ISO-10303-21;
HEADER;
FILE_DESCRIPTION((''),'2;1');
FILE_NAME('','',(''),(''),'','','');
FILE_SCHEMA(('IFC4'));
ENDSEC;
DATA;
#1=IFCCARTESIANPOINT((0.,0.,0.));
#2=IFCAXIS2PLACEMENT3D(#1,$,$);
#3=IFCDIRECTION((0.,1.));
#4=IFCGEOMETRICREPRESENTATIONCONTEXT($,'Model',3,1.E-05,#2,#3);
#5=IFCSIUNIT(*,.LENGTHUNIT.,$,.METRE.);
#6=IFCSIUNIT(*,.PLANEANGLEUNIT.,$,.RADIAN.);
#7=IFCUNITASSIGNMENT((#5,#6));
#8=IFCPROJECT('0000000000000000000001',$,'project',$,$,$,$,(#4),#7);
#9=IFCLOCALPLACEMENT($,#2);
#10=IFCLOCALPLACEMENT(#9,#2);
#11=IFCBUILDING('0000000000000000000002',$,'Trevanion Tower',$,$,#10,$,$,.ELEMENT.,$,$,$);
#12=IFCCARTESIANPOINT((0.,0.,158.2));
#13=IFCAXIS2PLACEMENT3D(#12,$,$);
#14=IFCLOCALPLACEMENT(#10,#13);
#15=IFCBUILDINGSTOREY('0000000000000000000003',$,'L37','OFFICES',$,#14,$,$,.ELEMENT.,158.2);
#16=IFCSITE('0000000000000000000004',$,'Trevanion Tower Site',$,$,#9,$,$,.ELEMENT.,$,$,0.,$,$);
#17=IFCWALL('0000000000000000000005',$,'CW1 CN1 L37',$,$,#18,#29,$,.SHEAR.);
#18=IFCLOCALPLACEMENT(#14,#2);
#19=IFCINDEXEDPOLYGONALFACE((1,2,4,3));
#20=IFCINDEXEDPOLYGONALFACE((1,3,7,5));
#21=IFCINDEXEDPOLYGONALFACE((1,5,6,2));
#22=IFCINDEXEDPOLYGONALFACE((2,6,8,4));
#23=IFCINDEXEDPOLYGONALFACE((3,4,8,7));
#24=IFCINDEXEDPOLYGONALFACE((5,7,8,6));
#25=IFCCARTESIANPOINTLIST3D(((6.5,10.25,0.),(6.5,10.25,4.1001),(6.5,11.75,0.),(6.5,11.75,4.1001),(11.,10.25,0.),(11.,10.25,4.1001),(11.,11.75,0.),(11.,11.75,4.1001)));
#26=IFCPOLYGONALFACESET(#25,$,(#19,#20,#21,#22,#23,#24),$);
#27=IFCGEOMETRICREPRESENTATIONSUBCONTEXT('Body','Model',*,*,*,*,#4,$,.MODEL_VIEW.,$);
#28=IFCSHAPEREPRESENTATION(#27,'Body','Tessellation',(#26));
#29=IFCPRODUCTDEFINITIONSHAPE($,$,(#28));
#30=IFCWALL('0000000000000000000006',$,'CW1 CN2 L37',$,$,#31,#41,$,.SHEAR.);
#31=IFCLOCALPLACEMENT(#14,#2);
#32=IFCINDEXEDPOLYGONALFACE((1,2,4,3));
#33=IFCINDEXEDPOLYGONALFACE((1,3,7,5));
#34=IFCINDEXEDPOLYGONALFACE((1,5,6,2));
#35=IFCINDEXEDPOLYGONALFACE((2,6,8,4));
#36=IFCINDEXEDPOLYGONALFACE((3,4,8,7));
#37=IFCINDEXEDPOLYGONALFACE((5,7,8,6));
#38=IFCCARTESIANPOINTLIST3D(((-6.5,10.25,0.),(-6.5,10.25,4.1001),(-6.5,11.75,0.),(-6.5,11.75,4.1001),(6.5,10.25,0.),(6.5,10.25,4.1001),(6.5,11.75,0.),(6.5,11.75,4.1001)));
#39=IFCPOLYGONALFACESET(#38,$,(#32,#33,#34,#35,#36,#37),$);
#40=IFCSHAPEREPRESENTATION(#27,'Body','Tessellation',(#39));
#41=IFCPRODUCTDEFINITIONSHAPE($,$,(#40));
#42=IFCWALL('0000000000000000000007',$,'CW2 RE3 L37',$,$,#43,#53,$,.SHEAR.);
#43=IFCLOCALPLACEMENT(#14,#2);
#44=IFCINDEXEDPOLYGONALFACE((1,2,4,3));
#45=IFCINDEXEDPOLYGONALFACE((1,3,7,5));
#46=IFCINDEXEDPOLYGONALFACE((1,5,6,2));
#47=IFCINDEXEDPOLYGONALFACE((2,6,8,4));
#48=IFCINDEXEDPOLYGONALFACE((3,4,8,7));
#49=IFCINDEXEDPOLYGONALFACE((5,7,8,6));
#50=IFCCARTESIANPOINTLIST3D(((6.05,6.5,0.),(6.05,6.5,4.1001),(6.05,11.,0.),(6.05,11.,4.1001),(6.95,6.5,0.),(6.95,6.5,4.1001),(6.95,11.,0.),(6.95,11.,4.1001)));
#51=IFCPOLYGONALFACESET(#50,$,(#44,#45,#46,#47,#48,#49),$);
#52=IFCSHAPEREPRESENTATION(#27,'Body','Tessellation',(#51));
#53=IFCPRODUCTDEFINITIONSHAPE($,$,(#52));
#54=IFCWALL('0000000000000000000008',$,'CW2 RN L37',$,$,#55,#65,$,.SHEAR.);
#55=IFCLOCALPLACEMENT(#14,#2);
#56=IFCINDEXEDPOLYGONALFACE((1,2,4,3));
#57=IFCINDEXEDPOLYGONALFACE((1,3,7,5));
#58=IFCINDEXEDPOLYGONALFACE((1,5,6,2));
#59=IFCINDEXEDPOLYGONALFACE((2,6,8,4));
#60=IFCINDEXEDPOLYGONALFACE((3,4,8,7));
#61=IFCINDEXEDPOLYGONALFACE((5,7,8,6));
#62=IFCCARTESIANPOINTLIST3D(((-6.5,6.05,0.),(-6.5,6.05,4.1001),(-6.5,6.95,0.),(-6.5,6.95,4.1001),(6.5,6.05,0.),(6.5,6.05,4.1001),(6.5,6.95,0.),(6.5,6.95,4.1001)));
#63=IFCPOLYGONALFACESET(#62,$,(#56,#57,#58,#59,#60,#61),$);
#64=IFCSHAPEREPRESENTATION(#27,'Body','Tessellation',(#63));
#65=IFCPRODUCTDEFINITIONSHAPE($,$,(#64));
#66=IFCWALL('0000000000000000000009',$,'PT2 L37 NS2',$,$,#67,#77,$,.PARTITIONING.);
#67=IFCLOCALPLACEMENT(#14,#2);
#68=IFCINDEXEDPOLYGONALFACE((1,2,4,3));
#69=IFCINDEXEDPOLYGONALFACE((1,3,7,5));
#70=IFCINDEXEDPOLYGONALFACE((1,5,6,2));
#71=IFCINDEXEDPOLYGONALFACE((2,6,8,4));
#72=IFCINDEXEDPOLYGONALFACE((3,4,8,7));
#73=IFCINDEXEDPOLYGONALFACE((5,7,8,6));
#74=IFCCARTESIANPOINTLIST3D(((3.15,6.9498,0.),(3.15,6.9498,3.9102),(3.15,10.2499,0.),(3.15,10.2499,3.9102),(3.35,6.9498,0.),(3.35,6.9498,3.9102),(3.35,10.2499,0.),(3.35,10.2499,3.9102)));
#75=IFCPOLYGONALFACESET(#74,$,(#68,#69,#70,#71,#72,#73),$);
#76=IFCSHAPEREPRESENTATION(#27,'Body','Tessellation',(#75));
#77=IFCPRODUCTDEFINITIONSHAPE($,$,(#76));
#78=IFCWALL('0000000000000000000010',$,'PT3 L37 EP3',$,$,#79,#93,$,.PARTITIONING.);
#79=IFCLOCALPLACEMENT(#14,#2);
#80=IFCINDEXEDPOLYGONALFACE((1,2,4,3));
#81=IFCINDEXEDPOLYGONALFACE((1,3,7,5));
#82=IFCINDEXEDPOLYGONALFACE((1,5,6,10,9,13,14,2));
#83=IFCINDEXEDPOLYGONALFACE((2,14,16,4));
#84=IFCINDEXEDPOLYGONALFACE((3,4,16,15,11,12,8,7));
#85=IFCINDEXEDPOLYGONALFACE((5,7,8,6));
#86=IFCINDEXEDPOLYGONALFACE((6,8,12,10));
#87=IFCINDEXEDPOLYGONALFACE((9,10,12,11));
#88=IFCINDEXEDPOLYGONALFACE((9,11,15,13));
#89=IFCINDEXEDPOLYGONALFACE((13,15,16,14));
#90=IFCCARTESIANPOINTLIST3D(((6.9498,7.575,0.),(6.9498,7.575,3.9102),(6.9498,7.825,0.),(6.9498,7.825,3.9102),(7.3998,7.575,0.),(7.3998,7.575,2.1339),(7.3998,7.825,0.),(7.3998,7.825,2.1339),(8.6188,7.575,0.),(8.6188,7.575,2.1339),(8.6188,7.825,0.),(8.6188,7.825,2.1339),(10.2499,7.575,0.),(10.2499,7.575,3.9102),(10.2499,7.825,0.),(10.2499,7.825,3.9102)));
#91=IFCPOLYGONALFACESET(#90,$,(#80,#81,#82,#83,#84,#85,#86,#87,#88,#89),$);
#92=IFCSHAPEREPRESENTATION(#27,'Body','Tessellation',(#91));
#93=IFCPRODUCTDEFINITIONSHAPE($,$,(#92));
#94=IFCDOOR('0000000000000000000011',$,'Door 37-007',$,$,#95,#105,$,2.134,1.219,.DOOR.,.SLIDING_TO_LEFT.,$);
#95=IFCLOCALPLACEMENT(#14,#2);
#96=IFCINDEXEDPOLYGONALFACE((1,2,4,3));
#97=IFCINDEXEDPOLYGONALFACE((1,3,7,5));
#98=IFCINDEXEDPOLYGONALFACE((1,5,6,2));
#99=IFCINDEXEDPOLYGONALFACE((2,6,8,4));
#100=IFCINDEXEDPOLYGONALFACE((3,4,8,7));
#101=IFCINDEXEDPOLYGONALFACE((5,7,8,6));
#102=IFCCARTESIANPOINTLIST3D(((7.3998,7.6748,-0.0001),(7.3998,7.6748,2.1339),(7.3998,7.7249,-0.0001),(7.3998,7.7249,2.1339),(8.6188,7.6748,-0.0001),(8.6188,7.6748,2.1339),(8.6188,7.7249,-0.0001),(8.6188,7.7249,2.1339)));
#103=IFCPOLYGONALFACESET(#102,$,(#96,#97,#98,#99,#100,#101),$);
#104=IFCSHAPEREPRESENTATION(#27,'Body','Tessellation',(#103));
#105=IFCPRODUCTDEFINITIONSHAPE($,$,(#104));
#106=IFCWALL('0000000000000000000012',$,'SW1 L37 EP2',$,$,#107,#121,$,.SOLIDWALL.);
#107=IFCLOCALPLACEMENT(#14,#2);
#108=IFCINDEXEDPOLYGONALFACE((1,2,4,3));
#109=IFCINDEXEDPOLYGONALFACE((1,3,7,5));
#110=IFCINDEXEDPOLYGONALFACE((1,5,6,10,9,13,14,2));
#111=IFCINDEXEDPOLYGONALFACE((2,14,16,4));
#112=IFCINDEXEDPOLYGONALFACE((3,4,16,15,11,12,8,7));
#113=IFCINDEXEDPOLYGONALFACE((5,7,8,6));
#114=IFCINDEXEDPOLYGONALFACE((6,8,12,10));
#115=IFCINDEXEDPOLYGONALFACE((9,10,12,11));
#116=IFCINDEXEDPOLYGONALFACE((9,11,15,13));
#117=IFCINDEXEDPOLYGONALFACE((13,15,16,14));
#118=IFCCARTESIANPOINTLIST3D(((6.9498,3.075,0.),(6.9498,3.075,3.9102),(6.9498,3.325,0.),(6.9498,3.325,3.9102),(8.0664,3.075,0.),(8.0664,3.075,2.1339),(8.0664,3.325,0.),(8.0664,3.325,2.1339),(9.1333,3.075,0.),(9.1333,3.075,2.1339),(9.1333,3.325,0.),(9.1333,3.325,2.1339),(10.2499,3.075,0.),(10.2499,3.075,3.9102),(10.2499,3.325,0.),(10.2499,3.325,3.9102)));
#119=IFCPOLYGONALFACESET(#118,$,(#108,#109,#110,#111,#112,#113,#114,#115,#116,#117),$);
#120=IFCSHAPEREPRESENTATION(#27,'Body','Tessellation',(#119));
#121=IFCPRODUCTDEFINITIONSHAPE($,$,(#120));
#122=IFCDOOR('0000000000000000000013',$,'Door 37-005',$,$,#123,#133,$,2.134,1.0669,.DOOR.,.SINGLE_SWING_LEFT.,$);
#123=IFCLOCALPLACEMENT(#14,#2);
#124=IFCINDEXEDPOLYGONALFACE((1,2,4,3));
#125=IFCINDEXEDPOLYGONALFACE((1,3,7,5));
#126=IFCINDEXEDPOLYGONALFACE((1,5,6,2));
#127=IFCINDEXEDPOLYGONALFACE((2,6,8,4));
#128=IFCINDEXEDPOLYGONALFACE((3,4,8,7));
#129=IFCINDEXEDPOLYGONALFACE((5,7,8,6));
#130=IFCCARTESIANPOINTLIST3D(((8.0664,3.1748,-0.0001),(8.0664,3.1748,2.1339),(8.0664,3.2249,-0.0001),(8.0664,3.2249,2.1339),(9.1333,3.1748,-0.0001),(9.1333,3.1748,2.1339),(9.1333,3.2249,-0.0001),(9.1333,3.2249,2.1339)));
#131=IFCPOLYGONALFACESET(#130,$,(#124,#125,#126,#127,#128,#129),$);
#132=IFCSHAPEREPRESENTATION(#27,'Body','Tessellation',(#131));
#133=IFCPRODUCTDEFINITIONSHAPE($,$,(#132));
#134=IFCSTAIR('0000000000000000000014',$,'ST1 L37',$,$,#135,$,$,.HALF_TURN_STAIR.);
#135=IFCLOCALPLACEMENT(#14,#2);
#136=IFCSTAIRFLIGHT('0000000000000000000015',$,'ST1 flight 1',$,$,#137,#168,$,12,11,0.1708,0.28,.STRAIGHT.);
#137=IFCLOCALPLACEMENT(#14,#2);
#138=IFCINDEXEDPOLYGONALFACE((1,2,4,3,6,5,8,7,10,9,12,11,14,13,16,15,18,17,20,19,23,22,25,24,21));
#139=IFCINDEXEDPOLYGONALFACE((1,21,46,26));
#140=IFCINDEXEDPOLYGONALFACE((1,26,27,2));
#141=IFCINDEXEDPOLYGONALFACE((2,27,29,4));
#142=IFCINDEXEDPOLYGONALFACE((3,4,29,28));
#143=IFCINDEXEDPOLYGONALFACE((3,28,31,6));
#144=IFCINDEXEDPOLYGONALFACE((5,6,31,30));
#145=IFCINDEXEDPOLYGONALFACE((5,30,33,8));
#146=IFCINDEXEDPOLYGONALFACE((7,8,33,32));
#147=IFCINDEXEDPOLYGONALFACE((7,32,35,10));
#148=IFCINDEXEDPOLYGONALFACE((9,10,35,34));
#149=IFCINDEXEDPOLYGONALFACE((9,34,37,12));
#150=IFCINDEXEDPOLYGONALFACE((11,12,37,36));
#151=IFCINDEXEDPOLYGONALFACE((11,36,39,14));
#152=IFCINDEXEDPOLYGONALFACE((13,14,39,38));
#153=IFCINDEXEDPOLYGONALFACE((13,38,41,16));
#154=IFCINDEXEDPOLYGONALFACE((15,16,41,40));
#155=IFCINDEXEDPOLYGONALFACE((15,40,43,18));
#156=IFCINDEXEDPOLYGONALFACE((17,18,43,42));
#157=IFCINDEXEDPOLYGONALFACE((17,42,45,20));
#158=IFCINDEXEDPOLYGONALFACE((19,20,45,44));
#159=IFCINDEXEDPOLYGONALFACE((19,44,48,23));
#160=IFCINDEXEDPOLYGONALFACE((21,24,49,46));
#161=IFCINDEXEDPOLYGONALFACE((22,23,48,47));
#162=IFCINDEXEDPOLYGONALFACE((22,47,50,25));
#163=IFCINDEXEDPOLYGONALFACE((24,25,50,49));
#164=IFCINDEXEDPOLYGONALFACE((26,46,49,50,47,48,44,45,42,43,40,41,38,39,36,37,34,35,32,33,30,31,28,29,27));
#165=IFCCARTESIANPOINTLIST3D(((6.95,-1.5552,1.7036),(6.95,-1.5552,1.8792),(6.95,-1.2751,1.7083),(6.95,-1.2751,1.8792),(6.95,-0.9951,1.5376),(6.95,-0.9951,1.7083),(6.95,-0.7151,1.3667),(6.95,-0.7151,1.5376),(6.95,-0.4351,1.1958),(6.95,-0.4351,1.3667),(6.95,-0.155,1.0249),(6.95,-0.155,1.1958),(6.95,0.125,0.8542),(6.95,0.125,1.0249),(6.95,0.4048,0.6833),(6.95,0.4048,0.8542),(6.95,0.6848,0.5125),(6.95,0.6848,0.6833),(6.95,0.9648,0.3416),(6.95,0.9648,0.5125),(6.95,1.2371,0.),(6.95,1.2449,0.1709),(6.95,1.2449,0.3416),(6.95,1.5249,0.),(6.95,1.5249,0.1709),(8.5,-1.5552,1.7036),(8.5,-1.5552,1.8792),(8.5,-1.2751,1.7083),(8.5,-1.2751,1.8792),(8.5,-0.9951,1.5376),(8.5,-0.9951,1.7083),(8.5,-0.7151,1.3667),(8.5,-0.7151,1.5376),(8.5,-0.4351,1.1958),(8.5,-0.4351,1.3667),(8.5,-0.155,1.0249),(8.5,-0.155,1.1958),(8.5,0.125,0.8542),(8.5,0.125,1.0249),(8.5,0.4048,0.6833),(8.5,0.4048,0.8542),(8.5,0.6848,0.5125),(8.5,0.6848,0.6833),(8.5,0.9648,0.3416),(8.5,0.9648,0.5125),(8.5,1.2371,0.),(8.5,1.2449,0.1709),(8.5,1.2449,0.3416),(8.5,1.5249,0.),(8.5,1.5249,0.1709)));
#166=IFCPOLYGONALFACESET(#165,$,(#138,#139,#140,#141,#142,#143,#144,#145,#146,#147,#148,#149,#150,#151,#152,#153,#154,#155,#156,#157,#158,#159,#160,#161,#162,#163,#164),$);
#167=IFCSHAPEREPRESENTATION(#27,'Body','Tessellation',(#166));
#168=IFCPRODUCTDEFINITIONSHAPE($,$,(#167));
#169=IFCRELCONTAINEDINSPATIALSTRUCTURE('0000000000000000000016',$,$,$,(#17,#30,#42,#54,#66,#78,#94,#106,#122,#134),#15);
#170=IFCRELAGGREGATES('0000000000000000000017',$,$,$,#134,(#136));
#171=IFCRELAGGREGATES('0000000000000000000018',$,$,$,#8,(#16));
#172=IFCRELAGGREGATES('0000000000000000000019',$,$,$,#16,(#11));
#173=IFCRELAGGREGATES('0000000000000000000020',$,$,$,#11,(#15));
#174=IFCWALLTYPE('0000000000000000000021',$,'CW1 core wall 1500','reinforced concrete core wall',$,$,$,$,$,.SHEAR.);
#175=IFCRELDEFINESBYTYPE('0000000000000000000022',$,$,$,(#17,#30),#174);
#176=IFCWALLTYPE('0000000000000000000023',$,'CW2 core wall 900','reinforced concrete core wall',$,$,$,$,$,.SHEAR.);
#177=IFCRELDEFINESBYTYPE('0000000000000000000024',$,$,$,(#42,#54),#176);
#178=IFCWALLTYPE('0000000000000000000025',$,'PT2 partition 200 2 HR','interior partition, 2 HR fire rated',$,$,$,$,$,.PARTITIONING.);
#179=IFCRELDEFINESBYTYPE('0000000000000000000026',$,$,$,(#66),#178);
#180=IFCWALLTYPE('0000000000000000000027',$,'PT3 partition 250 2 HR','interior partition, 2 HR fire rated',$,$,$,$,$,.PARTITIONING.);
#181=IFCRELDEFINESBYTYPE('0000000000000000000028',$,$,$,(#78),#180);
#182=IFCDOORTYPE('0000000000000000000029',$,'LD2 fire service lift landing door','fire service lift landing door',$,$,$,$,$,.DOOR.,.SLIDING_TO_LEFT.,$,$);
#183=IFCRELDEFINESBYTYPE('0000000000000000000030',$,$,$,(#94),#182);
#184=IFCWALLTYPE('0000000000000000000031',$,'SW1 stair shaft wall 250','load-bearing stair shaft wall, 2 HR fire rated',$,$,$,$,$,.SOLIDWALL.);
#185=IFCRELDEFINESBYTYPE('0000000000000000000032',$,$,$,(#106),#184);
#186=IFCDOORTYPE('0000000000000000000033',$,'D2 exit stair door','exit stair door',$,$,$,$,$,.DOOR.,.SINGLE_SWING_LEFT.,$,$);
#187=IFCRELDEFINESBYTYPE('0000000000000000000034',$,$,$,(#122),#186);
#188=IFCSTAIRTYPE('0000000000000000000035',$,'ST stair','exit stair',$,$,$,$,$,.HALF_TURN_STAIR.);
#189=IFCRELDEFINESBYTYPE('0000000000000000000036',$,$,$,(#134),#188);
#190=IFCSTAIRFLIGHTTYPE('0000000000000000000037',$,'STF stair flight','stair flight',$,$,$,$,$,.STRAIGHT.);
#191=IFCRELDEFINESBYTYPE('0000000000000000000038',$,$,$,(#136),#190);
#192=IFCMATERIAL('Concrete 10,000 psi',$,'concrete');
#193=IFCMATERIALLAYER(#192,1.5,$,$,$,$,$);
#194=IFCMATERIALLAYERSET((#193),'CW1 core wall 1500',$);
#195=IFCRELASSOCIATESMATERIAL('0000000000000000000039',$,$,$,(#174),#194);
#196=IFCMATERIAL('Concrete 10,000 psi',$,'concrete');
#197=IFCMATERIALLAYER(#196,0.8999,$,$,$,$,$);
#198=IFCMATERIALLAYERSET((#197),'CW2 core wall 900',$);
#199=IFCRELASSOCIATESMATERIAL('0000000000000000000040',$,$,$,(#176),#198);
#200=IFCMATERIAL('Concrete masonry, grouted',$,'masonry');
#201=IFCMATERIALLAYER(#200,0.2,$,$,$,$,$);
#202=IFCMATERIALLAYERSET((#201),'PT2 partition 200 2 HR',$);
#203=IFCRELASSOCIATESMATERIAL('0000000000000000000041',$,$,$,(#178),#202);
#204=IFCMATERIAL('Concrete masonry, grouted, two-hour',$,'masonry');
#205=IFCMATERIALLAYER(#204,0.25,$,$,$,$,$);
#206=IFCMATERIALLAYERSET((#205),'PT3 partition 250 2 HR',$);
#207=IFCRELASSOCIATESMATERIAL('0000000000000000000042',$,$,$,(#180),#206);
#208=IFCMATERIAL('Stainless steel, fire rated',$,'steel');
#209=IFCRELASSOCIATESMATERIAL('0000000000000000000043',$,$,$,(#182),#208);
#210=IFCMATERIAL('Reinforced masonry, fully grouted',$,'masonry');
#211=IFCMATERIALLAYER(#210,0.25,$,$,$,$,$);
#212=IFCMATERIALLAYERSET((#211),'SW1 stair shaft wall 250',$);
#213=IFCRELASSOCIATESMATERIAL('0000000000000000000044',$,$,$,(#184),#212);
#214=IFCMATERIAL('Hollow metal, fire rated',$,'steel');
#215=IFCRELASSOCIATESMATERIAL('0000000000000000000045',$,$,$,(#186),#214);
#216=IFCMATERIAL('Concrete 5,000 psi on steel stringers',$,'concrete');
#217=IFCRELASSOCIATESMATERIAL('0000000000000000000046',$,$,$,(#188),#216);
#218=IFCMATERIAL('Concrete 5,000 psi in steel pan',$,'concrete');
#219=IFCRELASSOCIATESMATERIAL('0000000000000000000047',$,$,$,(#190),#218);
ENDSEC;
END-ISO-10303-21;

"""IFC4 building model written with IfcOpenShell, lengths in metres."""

from ifc_helpers import new_model, si_unit, direction, frame, frame_2d, origin, place, context, subcontext, project, spatial, polyline, rectangle, outline, extrude, material, layer, layer_set, type_object, element, fill, aggregate, save


model = new_model("IFC4")

# Units and contexts
model_context = context("Model", 3, precision=1e-05, world=origin(), true_north=direction((0.0, 1.0)))
body_context = subcontext(model_context, "Body", "Model", "MODEL_VIEW")
ifc_project = project(units=[si_unit("LENGTHUNIT", "METRE"), si_unit("PLANEANGLEUNIT", "RADIAN")], contexts=[model_context])

# Site, building, storey
site_placement = place(None, origin())
site = spatial("IfcSite", under=ifc_project, at=site_placement, Name="Trevanion Tower Site", CompositionType="ELEMENT", RefElevation=0.0)
building_placement = place(site_placement, origin())
building = spatial("IfcBuilding", under=site, at=building_placement, Name="Trevanion Tower", CompositionType="ELEMENT")
storey_placement = place(building_placement, frame((0.0, 0.0, 158.2)))
storey = spatial("IfcBuildingStorey", under=building, at=storey_placement, Name="L37", Description="OFFICES", CompositionType="ELEMENT", Elevation=158.2)

# Walls
ifc_material_1 = material(Name="Concrete 10,000 psi", Category="concrete")
ifc_layer_1 = layer(ifc_material_1, 1.5)
ifc_layer_set_1 = layer_set([ifc_layer_1], Name="CW1 core wall 1500")
wall_type_1 = type_object("IfcWallType", Name="CW1 core wall 1500", Description="reinforced concrete core wall", PredefinedType="SHEAR", material=ifc_layer_set_1)
wall_1_placement = place(storey_placement, frame((11.0, 11.0, 0.0), z_axis=(0.0, 0.0, 1.0), x_axis=(-1.0, 0.0, 0.0)))
element("IfcWall", 1, at=wall_1_placement, inside=storey, type_object=wall_type_1, Name="CW1 CN1 L37", PredefinedType="SHEAR", context=body_context, shape_type="SweptSolid", body=[
    extrude(rectangle(XDim=4.5, YDim=1.5, at=frame_2d((2.25, 0.0))), origin(), (0.0, 0.0, 1.0), 4.1001),
])
wall_2_placement = place(storey_placement, frame((6.5, 11.0, 0.0), z_axis=(0.0, 0.0, 1.0), x_axis=(-1.0, 0.0, 0.0)))
element("IfcWall", 2, at=wall_2_placement, inside=storey, type_object=wall_type_1, Name="CW1 CN2 L37", PredefinedType="SHEAR", context=body_context, shape_type="SweptSolid", body=[
    extrude(rectangle(XDim=13.0, YDim=1.5, at=frame_2d((6.5, 0.0))), origin(), (0.0, 0.0, 1.0), 4.1001),
])
ifc_material_2 = material(Name="Concrete 10,000 psi", Category="concrete")
ifc_layer_2 = layer(ifc_material_2, 0.8999)
ifc_layer_set_2 = layer_set([ifc_layer_2], Name="CW2 core wall 900")
wall_type_2 = type_object("IfcWallType", Name="CW2 core wall 900", Description="reinforced concrete core wall", PredefinedType="SHEAR", material=ifc_layer_set_2)
wall_3_placement = place(storey_placement, frame((6.5, 6.5, 0.0), z_axis=(0.0, 0.0, 1.0), x_axis=(0.0, 1.0, 0.0)))
element("IfcWall", 3, at=wall_3_placement, inside=storey, type_object=wall_type_2, Name="CW2 RE3 L37", PredefinedType="SHEAR", context=body_context, shape_type="SweptSolid", body=[
    extrude(rectangle(XDim=4.5, YDim=0.8999, at=frame_2d((2.25, 0.0))), origin(), (0.0, 0.0, 1.0), 4.1001),
])
wall_4_placement = place(storey_placement, frame((6.5, 6.5, 0.0), z_axis=(0.0, 0.0, 1.0), x_axis=(-1.0, 0.0, 0.0)))
element("IfcWall", 4, at=wall_4_placement, inside=storey, type_object=wall_type_2, Name="CW2 RN L37", PredefinedType="SHEAR", context=body_context, shape_type="SweptSolid", body=[
    extrude(rectangle(XDim=13.0, YDim=0.8999, at=frame_2d((6.5, 0.0))), origin(), (0.0, 0.0, 1.0), 4.1001),
])
ifc_material_3 = material(Name="Concrete masonry, grouted", Category="masonry")
ifc_layer_3 = layer(ifc_material_3, 0.2)
ifc_layer_set_3 = layer_set([ifc_layer_3], Name="PT2 partition 200 2 HR")
wall_type_3 = type_object("IfcWallType", Name="PT2 partition 200 2 HR", Description="interior partition, 2 HR fire rated", PredefinedType="PARTITIONING", material=ifc_layer_set_3)
wall_5_placement = place(storey_placement, frame((3.25, 6.95, 0.0), z_axis=(0.0, 0.0, 1.0), x_axis=(0.0, 1.0, 0.0)))
element("IfcWall", 5, at=wall_5_placement, inside=storey, type_object=wall_type_3, Name="PT2 L37 NS2", PredefinedType="PARTITIONING", context=body_context, shape_type="SweptSolid", body=[
    extrude(rectangle(XDim=3.3, YDim=0.2, at=frame_2d((1.6499, 0.0))), origin(), (0.0, 0.0, 1.0), 3.9102),
])

# Walls, openings, doors
ifc_material_4 = material(Name="Concrete masonry, grouted, two-hour", Category="masonry")
ifc_layer_4 = layer(ifc_material_4, 0.25)
ifc_layer_set_4 = layer_set([ifc_layer_4], Name="PT3 partition 250 2 HR")
wall_type_4 = type_object("IfcWallType", Name="PT3 partition 250 2 HR", Description="interior partition, 2 HR fire rated", PredefinedType="PARTITIONING", material=ifc_layer_set_4)
wall_6_placement = place(storey_placement, frame((6.95, 7.7, 0.0), z_axis=(0.0, 0.0, 1.0), x_axis=(1.0, 0.0, 0.0)))
wall_6 = element("IfcWall", 6, at=wall_6_placement, inside=storey, type_object=wall_type_4, Name="PT3 L37 EP3", PredefinedType="PARTITIONING", context=body_context, shape_type="SweptSolid", body=[
    extrude(rectangle(XDim=3.3, YDim=0.25, at=frame_2d((1.6499, 0.0))), origin(), (0.0, 0.0, 1.0), 3.9102),
])
opening_1_placement = place(wall_6_placement, frame((0.45, 0.0, 0.0)))
opening_1 = element("IfcOpeningElement", 7, at=opening_1_placement, cuts=wall_6, PredefinedType="OPENING", context=body_context, shape_type="SweptSolid", body=[
    extrude(rectangle(XDim=1.219, YDim=2.134, at=frame_2d((0.6094, 1.0669))), frame((0.0, 0.135, 0.0), z_axis=(0.0, -1.0, 0.0), x_axis=(1.0, 0.0, 0.0)), (0.0, 0.0, 1.0), 0.27),
])
ifc_material_5 = material(Name="Stainless steel, fire rated", Category="steel")
door_type_1 = type_object("IfcDoorType", Name="LD2 fire service lift landing door", Description="fire service lift landing door", OperationType="SLIDING_TO_LEFT", PredefinedType="DOOR", material=ifc_material_5)
door_1_placement = place(opening_1_placement, origin())
door_1 = element("IfcDoor", 8, at=door_1_placement, inside=storey, type_object=door_type_1, Name="Door 37-007", OperationType="SLIDING_TO_LEFT", OverallHeight=2.134, OverallWidth=1.219, PredefinedType="DOOR", context=body_context, shape_type="SweptSolid", body=[
    extrude(rectangle(XDim=1.219, YDim=2.134, at=frame_2d((0.6094, 1.0669))), frame((0.0, 0.0249, 0.0), z_axis=(0.0, -1.0, 0.0), x_axis=(1.0, 0.0, 0.0)), (0.0, 0.0, 1.0), 0.05),
])
fill(opening_1, door_1)
ifc_material_6 = material(Name="Reinforced masonry, fully grouted", Category="masonry")
ifc_layer_5 = layer(ifc_material_6, 0.25)
ifc_layer_set_5 = layer_set([ifc_layer_5], Name="SW1 stair shaft wall 250")
wall_type_5 = type_object("IfcWallType", Name="SW1 stair shaft wall 250", Description="load-bearing stair shaft wall, 2 HR fire rated", PredefinedType="SOLIDWALL", material=ifc_layer_set_5)
wall_7_placement = place(storey_placement, frame((6.95, 3.2, 0.0), z_axis=(0.0, 0.0, 1.0), x_axis=(1.0, 0.0, 0.0)))
wall_7 = element("IfcWall", 9, at=wall_7_placement, inside=storey, type_object=wall_type_5, Name="SW1 L37 EP2", PredefinedType="SOLIDWALL", context=body_context, shape_type="SweptSolid", body=[
    extrude(rectangle(XDim=3.3, YDim=0.25, at=frame_2d((1.6499, 0.0))), origin(), (0.0, 0.0, 1.0), 3.9102),
])
opening_2_placement = place(wall_7_placement, frame((1.1165, 0.0, 0.0)))
opening_2 = element("IfcOpeningElement", 10, at=opening_2_placement, cuts=wall_7, PredefinedType="OPENING", context=body_context, shape_type="SweptSolid", body=[
    extrude(rectangle(XDim=1.0669, YDim=2.134, at=frame_2d((0.5334, 1.0669))), frame((0.0, 0.135, 0.0), z_axis=(0.0, -1.0, 0.0), x_axis=(1.0, 0.0, 0.0)), (0.0, 0.0, 1.0), 0.27),
])
ifc_material_7 = material(Name="Hollow metal, fire rated", Category="steel")
door_type_2 = type_object("IfcDoorType", Name="D2 exit stair door", Description="exit stair door", OperationType="SINGLE_SWING_LEFT", PredefinedType="DOOR", material=ifc_material_7)
door_2_placement = place(opening_2_placement, origin())
door_2 = element("IfcDoor", 11, at=door_2_placement, inside=storey, type_object=door_type_2, Name="Door 37-005", OperationType="SINGLE_SWING_LEFT", OverallHeight=2.134, OverallWidth=1.0669, PredefinedType="DOOR", context=body_context, shape_type="SweptSolid", body=[
    extrude(rectangle(XDim=1.0669, YDim=2.134, at=frame_2d((0.5334, 1.0669))), frame((0.0, 0.0249, 0.0), z_axis=(0.0, -1.0, 0.0), x_axis=(1.0, 0.0, 0.0)), (0.0, 0.0, 1.0), 0.05),
])
fill(opening_2, door_2)

# Stair, stair flight
ifc_material_8 = material(Name="Concrete 5,000 psi on steel stringers", Category="concrete")
stair_type = type_object("IfcStairType", Name="ST stair", Description="exit stair", PredefinedType="HALF_TURN_STAIR", material=ifc_material_8)
stair_placement = place(storey_placement, origin())
stair = element("IfcStair", 12, at=stair_placement, inside=storey, type_object=stair_type, Name="ST1 L37", PredefinedType="HALF_TURN_STAIR")
ifc_material_9 = material(Name="Concrete 5,000 psi in steel pan", Category="concrete")
stair_flight_type = type_object("IfcStairFlightType", Name="STF stair flight", Description="stair flight", PredefinedType="STRAIGHT", material=ifc_material_9)
stair_flight_placement = place(storey_placement, frame((7.7251, 1.5249, 0.0), z_axis=(0.0, 0.0, 1.0), x_axis=(0.0, -1.0, 0.0)))
stair_flight = element("IfcStairFlight", 13, at=stair_flight_placement, type_object=stair_flight_type, Name="ST1 flight 1", NumberOfRisers=12, NumberOfTreads=11, PredefinedType="STRAIGHT", RiserHeight=0.1708, TreadLength=0.28, context=body_context, shape_type="SweptSolid", body=[
    extrude(outline(polyline([(0.0, 0.0), (0.0, 0.1709), (0.28, 0.1709), (0.28, 0.3416), (0.5601, 0.3416), (0.5601, 0.5125), (0.8401, 0.5125), (0.8401, 0.6833), (1.1201, 0.6833), (1.1201, 0.8542), (1.3999, 0.8542), (1.3999, 1.0249), (1.6799, 1.0249), (1.6799, 1.1958), (1.96, 1.1958), (1.96, 1.3667), (2.24, 1.3667), (2.24, 1.5376), (2.52, 1.5376), (2.52, 1.7083), (2.8, 1.7083), (2.8, 1.8792), (3.0801, 1.8792), (3.0801, 2.05), (3.0801, 1.7036), (0.2878, 0.0), (0.0, 0.0)])), frame((0.0, 0.7749, 0.0), z_axis=(0.0, -1.0, 0.0), x_axis=(1.0, 0.0, 0.0)), (0.0, 0.0, 1.0), 1.55),
])
aggregate(stair, [stair_flight])

save(model, "model.ifc")
